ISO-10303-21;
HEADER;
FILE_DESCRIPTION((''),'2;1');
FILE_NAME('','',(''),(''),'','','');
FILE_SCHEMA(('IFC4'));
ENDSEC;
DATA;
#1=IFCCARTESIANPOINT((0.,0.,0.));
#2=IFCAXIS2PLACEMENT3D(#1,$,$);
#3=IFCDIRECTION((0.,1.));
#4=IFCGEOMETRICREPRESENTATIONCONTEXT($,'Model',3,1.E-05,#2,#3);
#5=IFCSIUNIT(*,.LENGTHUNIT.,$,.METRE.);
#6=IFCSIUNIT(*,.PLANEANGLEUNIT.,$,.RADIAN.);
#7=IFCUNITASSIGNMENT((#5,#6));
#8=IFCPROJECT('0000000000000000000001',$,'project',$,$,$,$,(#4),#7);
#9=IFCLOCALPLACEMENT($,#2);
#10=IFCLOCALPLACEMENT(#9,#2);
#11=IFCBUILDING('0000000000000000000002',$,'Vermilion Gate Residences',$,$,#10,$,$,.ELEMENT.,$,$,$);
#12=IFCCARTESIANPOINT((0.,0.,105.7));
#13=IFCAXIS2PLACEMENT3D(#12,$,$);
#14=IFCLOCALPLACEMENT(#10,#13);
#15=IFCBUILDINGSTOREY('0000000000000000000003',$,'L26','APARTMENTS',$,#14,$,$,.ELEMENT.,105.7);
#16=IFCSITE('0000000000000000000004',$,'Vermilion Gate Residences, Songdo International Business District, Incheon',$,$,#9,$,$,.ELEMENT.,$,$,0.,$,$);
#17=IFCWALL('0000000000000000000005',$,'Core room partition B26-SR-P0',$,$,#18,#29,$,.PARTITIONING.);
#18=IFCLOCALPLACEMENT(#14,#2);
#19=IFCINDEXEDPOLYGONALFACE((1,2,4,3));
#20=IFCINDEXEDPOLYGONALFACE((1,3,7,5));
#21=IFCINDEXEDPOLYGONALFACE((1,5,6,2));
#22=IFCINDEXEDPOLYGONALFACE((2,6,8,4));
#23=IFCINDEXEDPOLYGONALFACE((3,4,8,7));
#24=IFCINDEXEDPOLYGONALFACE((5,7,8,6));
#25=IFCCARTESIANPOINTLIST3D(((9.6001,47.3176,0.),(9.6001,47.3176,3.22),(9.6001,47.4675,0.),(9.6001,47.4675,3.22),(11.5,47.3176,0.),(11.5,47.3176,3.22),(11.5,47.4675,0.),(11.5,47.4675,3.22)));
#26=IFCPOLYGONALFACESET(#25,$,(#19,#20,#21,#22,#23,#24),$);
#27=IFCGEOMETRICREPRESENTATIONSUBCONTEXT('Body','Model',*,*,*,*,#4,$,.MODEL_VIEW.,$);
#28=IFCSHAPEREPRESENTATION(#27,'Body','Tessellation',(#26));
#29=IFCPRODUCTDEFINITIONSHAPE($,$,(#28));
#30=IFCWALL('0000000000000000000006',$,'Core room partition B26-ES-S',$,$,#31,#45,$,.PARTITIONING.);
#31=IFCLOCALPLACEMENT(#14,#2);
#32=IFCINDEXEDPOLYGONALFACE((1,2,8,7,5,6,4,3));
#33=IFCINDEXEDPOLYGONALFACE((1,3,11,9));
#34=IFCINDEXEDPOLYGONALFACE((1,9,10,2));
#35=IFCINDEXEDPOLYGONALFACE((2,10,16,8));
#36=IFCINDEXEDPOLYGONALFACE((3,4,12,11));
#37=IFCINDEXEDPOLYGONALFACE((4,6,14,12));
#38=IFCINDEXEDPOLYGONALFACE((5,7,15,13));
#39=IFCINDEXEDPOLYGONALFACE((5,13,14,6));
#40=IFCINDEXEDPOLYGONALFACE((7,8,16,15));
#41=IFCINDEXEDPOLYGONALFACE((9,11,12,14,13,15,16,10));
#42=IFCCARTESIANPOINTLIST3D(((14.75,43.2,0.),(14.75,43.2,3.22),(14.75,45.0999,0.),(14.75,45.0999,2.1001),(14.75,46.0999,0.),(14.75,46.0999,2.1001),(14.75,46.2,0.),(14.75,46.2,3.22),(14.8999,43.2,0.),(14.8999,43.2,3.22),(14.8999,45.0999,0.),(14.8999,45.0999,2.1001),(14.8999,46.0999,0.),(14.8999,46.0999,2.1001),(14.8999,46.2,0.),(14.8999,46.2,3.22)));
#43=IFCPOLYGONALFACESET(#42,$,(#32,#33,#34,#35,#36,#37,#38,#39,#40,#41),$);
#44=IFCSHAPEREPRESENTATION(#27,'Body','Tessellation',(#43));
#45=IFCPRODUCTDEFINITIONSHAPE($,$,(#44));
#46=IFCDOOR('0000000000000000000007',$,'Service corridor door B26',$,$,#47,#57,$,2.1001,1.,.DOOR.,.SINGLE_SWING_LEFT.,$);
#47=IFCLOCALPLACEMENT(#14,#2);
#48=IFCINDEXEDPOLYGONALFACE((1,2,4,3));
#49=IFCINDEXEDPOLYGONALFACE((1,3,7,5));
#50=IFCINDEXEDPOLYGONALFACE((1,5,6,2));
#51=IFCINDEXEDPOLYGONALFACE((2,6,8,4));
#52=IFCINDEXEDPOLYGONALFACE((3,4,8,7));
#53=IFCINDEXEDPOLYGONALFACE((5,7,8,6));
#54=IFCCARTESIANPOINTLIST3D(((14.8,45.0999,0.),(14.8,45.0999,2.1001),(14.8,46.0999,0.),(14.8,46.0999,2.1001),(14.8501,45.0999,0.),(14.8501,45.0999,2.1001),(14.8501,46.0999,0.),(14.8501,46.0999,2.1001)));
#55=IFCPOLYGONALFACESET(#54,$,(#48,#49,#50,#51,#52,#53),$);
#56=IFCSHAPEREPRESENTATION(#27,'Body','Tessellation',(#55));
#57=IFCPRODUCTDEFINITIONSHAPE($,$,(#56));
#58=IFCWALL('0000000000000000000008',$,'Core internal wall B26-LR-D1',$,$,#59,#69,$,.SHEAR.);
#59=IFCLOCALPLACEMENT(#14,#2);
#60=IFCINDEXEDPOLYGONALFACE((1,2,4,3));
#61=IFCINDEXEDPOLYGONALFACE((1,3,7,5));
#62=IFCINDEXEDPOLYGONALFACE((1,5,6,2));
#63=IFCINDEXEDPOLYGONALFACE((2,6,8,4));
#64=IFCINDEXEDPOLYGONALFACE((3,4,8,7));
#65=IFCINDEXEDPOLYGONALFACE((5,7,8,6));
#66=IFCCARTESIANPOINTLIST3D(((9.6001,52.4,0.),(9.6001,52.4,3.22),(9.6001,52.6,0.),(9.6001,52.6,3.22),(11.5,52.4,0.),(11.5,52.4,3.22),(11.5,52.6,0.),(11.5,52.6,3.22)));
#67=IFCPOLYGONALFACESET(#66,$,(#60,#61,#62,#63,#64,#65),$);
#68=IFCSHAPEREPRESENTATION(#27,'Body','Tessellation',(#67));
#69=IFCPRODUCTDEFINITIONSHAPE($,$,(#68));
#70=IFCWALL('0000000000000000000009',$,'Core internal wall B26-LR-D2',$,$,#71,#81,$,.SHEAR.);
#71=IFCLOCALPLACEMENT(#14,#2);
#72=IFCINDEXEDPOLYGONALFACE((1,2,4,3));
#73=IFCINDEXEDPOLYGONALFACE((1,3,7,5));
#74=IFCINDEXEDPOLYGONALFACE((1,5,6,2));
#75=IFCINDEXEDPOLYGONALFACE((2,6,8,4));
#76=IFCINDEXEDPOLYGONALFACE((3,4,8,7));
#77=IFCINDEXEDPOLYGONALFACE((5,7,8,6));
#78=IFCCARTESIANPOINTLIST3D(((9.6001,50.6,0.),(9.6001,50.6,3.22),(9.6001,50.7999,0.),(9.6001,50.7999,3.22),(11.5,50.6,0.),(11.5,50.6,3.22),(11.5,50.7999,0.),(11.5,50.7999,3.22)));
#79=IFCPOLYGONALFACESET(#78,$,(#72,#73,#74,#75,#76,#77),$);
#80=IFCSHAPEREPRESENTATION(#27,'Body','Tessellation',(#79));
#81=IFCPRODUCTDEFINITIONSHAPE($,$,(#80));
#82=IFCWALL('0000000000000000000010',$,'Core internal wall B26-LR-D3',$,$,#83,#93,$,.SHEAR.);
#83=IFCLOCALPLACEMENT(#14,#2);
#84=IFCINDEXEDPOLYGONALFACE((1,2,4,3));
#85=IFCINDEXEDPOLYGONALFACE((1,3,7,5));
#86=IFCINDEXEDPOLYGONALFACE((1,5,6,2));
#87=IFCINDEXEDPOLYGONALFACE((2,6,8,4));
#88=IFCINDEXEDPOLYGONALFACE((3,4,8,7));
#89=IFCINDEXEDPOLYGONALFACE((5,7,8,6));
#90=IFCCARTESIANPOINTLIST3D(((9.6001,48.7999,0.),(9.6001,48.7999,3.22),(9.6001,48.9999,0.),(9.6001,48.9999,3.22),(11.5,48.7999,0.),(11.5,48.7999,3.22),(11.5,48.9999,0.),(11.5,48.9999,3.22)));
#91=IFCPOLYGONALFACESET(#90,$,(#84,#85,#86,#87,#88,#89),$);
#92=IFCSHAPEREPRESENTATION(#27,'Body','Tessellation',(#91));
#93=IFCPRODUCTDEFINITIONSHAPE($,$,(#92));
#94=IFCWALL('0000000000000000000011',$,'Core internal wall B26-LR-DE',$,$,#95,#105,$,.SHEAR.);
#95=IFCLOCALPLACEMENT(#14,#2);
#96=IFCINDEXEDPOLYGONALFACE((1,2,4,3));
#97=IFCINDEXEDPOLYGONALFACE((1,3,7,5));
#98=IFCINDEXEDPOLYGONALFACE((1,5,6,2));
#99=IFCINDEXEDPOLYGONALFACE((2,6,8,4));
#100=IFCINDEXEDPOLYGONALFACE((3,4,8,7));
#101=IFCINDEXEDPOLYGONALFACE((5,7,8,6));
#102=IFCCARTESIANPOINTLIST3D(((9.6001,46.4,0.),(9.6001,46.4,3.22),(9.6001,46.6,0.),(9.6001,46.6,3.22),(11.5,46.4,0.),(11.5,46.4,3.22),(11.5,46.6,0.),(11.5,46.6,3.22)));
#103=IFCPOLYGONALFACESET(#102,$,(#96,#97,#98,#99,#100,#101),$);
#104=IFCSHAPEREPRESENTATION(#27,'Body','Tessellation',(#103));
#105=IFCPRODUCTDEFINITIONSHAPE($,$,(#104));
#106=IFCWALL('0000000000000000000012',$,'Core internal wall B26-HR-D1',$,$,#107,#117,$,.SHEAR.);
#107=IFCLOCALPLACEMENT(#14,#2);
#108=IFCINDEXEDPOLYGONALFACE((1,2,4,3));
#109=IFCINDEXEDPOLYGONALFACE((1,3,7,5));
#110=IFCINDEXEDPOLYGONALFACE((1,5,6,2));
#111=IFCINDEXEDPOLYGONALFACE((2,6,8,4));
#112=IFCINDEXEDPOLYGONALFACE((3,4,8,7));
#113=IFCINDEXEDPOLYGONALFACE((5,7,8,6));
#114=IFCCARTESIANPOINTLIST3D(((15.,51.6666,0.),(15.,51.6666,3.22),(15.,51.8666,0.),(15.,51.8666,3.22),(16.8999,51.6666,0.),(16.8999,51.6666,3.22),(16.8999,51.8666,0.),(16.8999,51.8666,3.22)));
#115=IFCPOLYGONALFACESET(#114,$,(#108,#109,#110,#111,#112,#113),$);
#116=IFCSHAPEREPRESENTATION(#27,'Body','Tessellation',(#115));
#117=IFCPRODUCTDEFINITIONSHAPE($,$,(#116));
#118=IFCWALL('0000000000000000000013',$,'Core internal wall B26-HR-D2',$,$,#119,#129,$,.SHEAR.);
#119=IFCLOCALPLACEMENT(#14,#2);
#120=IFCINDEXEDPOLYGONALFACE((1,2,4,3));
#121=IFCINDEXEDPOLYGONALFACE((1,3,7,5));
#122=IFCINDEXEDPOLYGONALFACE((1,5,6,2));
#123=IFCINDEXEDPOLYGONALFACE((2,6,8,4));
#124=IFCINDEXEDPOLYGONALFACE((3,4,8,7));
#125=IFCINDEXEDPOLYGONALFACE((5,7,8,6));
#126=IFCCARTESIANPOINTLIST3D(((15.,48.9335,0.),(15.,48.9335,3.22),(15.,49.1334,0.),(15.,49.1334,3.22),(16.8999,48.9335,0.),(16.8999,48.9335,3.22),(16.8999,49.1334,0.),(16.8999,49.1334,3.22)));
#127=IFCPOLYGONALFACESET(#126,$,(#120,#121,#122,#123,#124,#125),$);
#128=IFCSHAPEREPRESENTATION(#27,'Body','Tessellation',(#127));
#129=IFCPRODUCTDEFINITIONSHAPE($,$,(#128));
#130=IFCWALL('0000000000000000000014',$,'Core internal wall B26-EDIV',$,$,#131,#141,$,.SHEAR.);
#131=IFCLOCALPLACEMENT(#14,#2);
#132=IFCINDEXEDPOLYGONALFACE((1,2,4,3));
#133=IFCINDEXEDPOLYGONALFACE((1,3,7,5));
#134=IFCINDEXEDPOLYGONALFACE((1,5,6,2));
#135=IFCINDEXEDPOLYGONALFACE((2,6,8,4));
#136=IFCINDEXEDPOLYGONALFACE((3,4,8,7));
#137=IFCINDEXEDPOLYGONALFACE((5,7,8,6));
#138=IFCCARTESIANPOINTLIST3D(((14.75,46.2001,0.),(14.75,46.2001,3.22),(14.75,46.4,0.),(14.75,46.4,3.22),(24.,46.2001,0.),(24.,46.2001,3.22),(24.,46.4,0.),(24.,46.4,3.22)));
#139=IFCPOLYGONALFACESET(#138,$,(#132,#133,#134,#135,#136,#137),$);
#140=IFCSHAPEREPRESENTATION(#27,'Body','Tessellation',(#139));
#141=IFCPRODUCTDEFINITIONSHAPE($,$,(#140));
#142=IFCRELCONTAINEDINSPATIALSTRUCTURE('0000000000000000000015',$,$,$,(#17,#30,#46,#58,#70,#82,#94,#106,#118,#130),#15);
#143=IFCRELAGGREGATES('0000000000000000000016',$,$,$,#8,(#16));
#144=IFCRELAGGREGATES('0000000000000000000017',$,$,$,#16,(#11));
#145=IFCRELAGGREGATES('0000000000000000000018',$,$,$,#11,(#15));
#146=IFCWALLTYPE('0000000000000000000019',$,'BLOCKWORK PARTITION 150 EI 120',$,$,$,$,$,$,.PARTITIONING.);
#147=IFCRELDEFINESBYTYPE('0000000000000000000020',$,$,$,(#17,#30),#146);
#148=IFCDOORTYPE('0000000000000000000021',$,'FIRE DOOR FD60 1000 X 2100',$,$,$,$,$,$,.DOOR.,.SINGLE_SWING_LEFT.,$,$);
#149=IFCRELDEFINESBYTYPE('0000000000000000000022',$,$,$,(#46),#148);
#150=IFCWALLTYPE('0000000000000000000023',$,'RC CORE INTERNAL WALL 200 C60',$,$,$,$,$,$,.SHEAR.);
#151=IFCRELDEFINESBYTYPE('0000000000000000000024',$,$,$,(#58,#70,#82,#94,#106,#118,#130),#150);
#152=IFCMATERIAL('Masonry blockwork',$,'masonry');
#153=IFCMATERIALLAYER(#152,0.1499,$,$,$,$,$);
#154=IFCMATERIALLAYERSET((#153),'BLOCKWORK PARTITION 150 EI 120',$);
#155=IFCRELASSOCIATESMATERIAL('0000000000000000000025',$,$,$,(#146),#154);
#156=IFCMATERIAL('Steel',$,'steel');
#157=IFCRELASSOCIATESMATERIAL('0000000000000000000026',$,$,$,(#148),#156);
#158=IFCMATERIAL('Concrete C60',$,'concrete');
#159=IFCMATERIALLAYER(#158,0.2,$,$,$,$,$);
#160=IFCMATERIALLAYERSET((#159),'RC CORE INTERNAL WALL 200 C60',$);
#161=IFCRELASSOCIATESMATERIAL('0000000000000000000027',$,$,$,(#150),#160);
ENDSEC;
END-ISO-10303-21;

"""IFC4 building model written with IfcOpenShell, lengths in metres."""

from ifc_helpers import new_model, si_unit, direction, frame, frame_2d, origin, place, context, subcontext, project, spatial, rectangle, extrude, material, layer, layer_set, type_object, element, fill, save


model = new_model("IFC4")

# Units and contexts
model_context = context("Model", 3, precision=1e-05, world=origin(), true_north=direction((0.0, 1.0)))
body_context = subcontext(model_context, "Body", "Model", "MODEL_VIEW")
ifc_project = project(units=[si_unit("LENGTHUNIT", "METRE"), si_unit("PLANEANGLEUNIT", "RADIAN")], contexts=[model_context])

# Site, building, storey
site_placement = place(None, origin())
site = spatial("IfcSite", under=ifc_project, at=site_placement, Name="Vermilion Gate Residences, Songdo International Business District, Incheon", CompositionType="ELEMENT", RefElevation=0.0)
building_placement = place(site_placement, origin())
building = spatial("IfcBuilding", under=site, at=building_placement, Name="Vermilion Gate Residences", CompositionType="ELEMENT")
storey_placement = place(building_placement, frame((0.0, 0.0, 105.7)))
storey = spatial("IfcBuildingStorey", under=building, at=storey_placement, Name="L26", Description="APARTMENTS", CompositionType="ELEMENT", Elevation=105.7)

# Wall
ifc_material_1 = material(Name="Masonry blockwork", Category="masonry")
ifc_layer_1 = layer(ifc_material_1, 0.1499)
ifc_layer_set_1 = layer_set([ifc_layer_1], Name="BLOCKWORK PARTITION 150 EI 120")
wall_type_1 = type_object("IfcWallType", Name="BLOCKWORK PARTITION 150 EI 120", PredefinedType="PARTITIONING", material=ifc_layer_set_1)
wall_1_placement = place(storey_placement, frame((9.6001, 47.3926, 0.0), z_axis=(0.0, 0.0, 1.0), x_axis=(1.0, 0.0, 0.0)))
element("IfcWall", 1, at=wall_1_placement, inside=storey, type_object=wall_type_1, Name="Core room partition B26-SR-P0", PredefinedType="PARTITIONING", context=body_context, shape_type="SweptSolid", body=[
    extrude(rectangle(XDim=1.8999, YDim=0.1499, at=frame_2d((0.95, 0.0))), origin(), (0.0, 0.0, 1.0), 3.22),
])

# Wall, opening, door
wall_2_placement = place(storey_placement, frame((14.825, 46.2, 0.0), z_axis=(0.0, 0.0, 1.0), x_axis=(0.0, -1.0, 0.0)))
wall_2 = element("IfcWall", 2, at=wall_2_placement, inside=storey, type_object=wall_type_1, Name="Core room partition B26-ES-S", PredefinedType="PARTITIONING", context=body_context, shape_type="SweptSolid", body=[
    extrude(rectangle(XDim=3.0, YDim=0.1499, at=frame_2d((1.5, 0.0))), origin(), (0.0, 0.0, 1.0), 3.22),
])
opening_placement = place(wall_2_placement, frame((0.1001, 0.0, 0.0)))
opening = element("IfcOpeningElement", 3, at=opening_placement, cuts=wall_2, PredefinedType="OPENING", context=body_context, shape_type="SweptSolid", body=[
    extrude(rectangle(XDim=1.0, YDim=2.1001, at=frame_2d((0.5, 1.05))), frame((0.0, 0.085, 0.0), z_axis=(0.0, -1.0, 0.0), x_axis=(1.0, 0.0, 0.0)), (0.0, 0.0, 1.0), 0.1699),
])
ifc_material_2 = material(Name="Steel", Category="steel")
door_type = type_object("IfcDoorType", Name="FIRE DOOR FD60 1000 X 2100", OperationType="SINGLE_SWING_LEFT", PredefinedType="DOOR", material=ifc_material_2)
door_placement = place(opening_placement, frame((1.0, 0.0, 0.0), z_axis=(0.0, 0.0, 1.0), x_axis=(-1.0, 0.0, 0.0)))
door = element("IfcDoor", 4, at=door_placement, inside=storey, type_object=door_type, Name="Service corridor door B26", OperationType="SINGLE_SWING_LEFT", OverallHeight=2.1001, OverallWidth=1.0, PredefinedType="DOOR", context=body_context, shape_type="SweptSolid", body=[
    extrude(rectangle(XDim=1.0, YDim=2.1001, at=frame_2d((0.5, 1.05))), frame((0.0, 0.0249, 0.0), z_axis=(0.0, -1.0, 0.0), x_axis=(1.0, 0.0, 0.0)), (0.0, 0.0, 1.0), 0.05),
])
fill(opening, door)

# Walls
ifc_material_3 = material(Name="Concrete C60", Category="concrete")
ifc_layer_2 = layer(ifc_material_3, 0.2)
ifc_layer_set_2 = layer_set([ifc_layer_2], Name="RC CORE INTERNAL WALL 200 C60")
wall_type_2 = type_object("IfcWallType", Name="RC CORE INTERNAL WALL 200 C60", PredefinedType="SHEAR", material=ifc_layer_set_2)
for number, where, z_axis, x_axis, name in (
    (5, (9.6001, 52.5, 0.0), (0.0, 0.0, 1.0), (1.0, 0.0, 0.0), "Core internal wall B26-LR-D1"),
    (6, (9.6001, 50.7, 0.0), (0.0, 0.0, 1.0), (1.0, 0.0, 0.0), "Core internal wall B26-LR-D2"),
    (7, (9.6001, 48.8999, 0.0), (0.0, 0.0, 1.0), (1.0, 0.0, 0.0), "Core internal wall B26-LR-D3"),
    (8, (9.6001, 46.5, 0.0), (0.0, 0.0, 1.0), (1.0, 0.0, 0.0), "Core internal wall B26-LR-DE"),
    (9, (15.0, 51.7666, 0.0), (0.0, 0.0, 1.0), (1.0, 0.0, 0.0), "Core internal wall B26-HR-D1"),
    (10, (15.0, 49.0334, 0.0), (0.0, 0.0, 1.0), (1.0, 0.0, 0.0), "Core internal wall B26-HR-D2"),
):
    element("IfcWall", number, at=place(storey_placement, frame(where, z_axis=z_axis, x_axis=x_axis)), inside=storey, type_object=wall_type_2, Name=name, PredefinedType="SHEAR", context=body_context, shape_type="SweptSolid", body=[
        extrude(rectangle(XDim=1.8999, YDim=0.2, at=frame_2d((0.95, 0.0))), origin(), (0.0, 0.0, 1.0), 3.22),
    ])
wall_3_placement = place(storey_placement, frame((14.75, 46.3, 0.0), z_axis=(0.0, 0.0, 1.0), x_axis=(1.0, 0.0, 0.0)))
element("IfcWall", 11, at=wall_3_placement, inside=storey, type_object=wall_type_2, Name="Core internal wall B26-EDIV", PredefinedType="SHEAR", context=body_context, shape_type="SweptSolid", body=[
    extrude(rectangle(XDim=9.25, YDim=0.2, at=frame_2d((4.625, 0.0))), origin(), (0.0, 0.0, 1.0), 3.22),
])

save(model, "model.ifc")
